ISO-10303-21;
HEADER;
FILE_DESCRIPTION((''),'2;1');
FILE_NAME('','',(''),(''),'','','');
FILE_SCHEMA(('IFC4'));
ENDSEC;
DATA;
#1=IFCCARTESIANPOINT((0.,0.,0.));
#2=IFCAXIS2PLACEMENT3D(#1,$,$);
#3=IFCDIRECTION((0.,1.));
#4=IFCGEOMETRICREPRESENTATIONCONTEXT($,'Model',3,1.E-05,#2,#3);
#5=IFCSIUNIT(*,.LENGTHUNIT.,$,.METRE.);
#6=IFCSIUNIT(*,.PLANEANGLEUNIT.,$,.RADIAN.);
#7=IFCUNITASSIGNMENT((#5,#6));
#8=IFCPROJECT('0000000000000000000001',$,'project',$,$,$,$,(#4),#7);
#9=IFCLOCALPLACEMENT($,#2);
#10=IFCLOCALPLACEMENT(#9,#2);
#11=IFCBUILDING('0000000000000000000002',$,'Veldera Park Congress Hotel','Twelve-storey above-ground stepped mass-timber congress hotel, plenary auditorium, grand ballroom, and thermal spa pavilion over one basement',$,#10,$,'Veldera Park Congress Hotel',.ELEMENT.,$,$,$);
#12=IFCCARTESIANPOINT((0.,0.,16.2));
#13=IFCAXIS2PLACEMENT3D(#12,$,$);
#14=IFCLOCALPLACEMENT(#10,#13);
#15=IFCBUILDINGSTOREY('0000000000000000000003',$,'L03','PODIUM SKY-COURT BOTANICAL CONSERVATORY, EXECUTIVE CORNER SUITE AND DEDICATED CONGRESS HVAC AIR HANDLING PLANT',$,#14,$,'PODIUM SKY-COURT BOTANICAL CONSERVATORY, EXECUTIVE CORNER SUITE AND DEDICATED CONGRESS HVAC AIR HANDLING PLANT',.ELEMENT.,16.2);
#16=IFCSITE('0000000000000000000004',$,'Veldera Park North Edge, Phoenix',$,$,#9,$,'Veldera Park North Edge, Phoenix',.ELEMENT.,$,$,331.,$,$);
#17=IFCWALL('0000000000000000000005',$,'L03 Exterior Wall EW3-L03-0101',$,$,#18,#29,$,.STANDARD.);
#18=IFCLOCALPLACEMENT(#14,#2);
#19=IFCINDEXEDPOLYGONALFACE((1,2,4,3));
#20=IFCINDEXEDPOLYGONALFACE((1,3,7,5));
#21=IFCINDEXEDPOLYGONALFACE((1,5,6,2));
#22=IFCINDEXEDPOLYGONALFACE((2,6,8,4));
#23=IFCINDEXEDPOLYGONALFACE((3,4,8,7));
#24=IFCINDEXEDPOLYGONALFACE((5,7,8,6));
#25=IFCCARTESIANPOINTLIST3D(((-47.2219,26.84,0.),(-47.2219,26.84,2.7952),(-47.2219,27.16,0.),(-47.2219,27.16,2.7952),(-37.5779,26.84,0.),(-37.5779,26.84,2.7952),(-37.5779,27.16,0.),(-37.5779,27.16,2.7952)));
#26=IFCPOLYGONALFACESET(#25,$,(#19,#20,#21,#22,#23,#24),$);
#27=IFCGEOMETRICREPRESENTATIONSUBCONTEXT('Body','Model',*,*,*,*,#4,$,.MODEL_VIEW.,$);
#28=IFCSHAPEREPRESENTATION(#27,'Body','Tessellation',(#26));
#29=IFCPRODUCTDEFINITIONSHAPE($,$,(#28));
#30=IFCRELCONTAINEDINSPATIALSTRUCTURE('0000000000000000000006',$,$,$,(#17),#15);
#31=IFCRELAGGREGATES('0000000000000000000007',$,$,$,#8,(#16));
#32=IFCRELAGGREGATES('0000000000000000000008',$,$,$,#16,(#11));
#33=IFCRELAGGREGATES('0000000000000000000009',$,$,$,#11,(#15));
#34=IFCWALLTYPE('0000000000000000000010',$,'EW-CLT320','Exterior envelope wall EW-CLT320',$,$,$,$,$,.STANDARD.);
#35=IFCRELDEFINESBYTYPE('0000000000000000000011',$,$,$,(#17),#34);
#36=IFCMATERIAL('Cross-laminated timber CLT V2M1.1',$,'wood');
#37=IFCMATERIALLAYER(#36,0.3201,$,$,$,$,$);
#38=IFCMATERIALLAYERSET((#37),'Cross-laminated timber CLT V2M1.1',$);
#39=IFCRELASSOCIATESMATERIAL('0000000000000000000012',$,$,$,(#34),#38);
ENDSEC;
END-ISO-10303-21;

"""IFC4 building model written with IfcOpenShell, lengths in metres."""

from ifc_helpers import new_model, si_unit, direction, frame, frame_2d, origin, place, context, subcontext, project, spatial, rectangle, extrude, material, layer, layer_set, type_object, element, save


model = new_model("IFC4")

# Units and contexts
model_context = context("Model", 3, precision=1e-05, world=origin(), true_north=direction((0.0, 1.0)))
body_context = subcontext(model_context, "Body", "Model", "MODEL_VIEW")
ifc_project = project(units=[si_unit("LENGTHUNIT", "METRE"), si_unit("PLANEANGLEUNIT", "RADIAN")], contexts=[model_context])

# Site, building, storey
site_placement = place(None, origin())
site = spatial("IfcSite", under=ifc_project, at=site_placement, Name="Veldera Park North Edge, Phoenix", LongName="Veldera Park North Edge, Phoenix", CompositionType="ELEMENT", RefElevation=331.0)
building_placement = place(site_placement, origin())
building = spatial("IfcBuilding", under=site, at=building_placement, Name="Veldera Park Congress Hotel", Description="Twelve-storey above-ground stepped mass-timber congress hotel, plenary auditorium, grand ballroom, and thermal spa pavilion over one basement", LongName="Veldera Park Congress Hotel", CompositionType="ELEMENT")
storey_placement = place(building_placement, frame((0.0, 0.0, 16.2)))
storey = spatial("IfcBuildingStorey", under=building, at=storey_placement, Name="L03", Description="PODIUM SKY-COURT BOTANICAL CONSERVATORY, EXECUTIVE CORNER SUITE AND DEDICATED CONGRESS HVAC AIR HANDLING PLANT", LongName="PODIUM SKY-COURT BOTANICAL CONSERVATORY, EXECUTIVE CORNER SUITE AND DEDICATED CONGRESS HVAC AIR HANDLING PLANT", CompositionType="ELEMENT", Elevation=16.2)

# Shared definitions
ifc_material_1 = material(Name="Cross-laminated timber CLT V2M1.1", Category="wood")

# Wall
ifc_layer_1 = layer(ifc_material_1, 0.3201)
ifc_layer_set_1 = layer_set([ifc_layer_1], Name="Cross-laminated timber CLT V2M1.1")
wall_type = type_object("IfcWallType", Name="EW-CLT320", Description="Exterior envelope wall EW-CLT320", PredefinedType="STANDARD", material=ifc_layer_set_1)
wall_placement = place(storey_placement, frame((-47.2219, 27.0, 0.0), z_axis=(0.0, 0.0, 1.0), x_axis=(1.0, 0.0, 0.0)))
element("IfcWall", 1, at=wall_placement, inside=storey, type_object=wall_type, Name="L03 Exterior Wall EW3-L03-0101", PredefinedType="STANDARD", context=body_context, shape_type="SweptSolid", body=[
    extrude(rectangle(XDim=9.644, YDim=0.3201, at=frame_2d((4.822, 0.0))), origin(), (0.0, 0.0, 1.0), 2.7952),
])

save(model, "model.ifc")
